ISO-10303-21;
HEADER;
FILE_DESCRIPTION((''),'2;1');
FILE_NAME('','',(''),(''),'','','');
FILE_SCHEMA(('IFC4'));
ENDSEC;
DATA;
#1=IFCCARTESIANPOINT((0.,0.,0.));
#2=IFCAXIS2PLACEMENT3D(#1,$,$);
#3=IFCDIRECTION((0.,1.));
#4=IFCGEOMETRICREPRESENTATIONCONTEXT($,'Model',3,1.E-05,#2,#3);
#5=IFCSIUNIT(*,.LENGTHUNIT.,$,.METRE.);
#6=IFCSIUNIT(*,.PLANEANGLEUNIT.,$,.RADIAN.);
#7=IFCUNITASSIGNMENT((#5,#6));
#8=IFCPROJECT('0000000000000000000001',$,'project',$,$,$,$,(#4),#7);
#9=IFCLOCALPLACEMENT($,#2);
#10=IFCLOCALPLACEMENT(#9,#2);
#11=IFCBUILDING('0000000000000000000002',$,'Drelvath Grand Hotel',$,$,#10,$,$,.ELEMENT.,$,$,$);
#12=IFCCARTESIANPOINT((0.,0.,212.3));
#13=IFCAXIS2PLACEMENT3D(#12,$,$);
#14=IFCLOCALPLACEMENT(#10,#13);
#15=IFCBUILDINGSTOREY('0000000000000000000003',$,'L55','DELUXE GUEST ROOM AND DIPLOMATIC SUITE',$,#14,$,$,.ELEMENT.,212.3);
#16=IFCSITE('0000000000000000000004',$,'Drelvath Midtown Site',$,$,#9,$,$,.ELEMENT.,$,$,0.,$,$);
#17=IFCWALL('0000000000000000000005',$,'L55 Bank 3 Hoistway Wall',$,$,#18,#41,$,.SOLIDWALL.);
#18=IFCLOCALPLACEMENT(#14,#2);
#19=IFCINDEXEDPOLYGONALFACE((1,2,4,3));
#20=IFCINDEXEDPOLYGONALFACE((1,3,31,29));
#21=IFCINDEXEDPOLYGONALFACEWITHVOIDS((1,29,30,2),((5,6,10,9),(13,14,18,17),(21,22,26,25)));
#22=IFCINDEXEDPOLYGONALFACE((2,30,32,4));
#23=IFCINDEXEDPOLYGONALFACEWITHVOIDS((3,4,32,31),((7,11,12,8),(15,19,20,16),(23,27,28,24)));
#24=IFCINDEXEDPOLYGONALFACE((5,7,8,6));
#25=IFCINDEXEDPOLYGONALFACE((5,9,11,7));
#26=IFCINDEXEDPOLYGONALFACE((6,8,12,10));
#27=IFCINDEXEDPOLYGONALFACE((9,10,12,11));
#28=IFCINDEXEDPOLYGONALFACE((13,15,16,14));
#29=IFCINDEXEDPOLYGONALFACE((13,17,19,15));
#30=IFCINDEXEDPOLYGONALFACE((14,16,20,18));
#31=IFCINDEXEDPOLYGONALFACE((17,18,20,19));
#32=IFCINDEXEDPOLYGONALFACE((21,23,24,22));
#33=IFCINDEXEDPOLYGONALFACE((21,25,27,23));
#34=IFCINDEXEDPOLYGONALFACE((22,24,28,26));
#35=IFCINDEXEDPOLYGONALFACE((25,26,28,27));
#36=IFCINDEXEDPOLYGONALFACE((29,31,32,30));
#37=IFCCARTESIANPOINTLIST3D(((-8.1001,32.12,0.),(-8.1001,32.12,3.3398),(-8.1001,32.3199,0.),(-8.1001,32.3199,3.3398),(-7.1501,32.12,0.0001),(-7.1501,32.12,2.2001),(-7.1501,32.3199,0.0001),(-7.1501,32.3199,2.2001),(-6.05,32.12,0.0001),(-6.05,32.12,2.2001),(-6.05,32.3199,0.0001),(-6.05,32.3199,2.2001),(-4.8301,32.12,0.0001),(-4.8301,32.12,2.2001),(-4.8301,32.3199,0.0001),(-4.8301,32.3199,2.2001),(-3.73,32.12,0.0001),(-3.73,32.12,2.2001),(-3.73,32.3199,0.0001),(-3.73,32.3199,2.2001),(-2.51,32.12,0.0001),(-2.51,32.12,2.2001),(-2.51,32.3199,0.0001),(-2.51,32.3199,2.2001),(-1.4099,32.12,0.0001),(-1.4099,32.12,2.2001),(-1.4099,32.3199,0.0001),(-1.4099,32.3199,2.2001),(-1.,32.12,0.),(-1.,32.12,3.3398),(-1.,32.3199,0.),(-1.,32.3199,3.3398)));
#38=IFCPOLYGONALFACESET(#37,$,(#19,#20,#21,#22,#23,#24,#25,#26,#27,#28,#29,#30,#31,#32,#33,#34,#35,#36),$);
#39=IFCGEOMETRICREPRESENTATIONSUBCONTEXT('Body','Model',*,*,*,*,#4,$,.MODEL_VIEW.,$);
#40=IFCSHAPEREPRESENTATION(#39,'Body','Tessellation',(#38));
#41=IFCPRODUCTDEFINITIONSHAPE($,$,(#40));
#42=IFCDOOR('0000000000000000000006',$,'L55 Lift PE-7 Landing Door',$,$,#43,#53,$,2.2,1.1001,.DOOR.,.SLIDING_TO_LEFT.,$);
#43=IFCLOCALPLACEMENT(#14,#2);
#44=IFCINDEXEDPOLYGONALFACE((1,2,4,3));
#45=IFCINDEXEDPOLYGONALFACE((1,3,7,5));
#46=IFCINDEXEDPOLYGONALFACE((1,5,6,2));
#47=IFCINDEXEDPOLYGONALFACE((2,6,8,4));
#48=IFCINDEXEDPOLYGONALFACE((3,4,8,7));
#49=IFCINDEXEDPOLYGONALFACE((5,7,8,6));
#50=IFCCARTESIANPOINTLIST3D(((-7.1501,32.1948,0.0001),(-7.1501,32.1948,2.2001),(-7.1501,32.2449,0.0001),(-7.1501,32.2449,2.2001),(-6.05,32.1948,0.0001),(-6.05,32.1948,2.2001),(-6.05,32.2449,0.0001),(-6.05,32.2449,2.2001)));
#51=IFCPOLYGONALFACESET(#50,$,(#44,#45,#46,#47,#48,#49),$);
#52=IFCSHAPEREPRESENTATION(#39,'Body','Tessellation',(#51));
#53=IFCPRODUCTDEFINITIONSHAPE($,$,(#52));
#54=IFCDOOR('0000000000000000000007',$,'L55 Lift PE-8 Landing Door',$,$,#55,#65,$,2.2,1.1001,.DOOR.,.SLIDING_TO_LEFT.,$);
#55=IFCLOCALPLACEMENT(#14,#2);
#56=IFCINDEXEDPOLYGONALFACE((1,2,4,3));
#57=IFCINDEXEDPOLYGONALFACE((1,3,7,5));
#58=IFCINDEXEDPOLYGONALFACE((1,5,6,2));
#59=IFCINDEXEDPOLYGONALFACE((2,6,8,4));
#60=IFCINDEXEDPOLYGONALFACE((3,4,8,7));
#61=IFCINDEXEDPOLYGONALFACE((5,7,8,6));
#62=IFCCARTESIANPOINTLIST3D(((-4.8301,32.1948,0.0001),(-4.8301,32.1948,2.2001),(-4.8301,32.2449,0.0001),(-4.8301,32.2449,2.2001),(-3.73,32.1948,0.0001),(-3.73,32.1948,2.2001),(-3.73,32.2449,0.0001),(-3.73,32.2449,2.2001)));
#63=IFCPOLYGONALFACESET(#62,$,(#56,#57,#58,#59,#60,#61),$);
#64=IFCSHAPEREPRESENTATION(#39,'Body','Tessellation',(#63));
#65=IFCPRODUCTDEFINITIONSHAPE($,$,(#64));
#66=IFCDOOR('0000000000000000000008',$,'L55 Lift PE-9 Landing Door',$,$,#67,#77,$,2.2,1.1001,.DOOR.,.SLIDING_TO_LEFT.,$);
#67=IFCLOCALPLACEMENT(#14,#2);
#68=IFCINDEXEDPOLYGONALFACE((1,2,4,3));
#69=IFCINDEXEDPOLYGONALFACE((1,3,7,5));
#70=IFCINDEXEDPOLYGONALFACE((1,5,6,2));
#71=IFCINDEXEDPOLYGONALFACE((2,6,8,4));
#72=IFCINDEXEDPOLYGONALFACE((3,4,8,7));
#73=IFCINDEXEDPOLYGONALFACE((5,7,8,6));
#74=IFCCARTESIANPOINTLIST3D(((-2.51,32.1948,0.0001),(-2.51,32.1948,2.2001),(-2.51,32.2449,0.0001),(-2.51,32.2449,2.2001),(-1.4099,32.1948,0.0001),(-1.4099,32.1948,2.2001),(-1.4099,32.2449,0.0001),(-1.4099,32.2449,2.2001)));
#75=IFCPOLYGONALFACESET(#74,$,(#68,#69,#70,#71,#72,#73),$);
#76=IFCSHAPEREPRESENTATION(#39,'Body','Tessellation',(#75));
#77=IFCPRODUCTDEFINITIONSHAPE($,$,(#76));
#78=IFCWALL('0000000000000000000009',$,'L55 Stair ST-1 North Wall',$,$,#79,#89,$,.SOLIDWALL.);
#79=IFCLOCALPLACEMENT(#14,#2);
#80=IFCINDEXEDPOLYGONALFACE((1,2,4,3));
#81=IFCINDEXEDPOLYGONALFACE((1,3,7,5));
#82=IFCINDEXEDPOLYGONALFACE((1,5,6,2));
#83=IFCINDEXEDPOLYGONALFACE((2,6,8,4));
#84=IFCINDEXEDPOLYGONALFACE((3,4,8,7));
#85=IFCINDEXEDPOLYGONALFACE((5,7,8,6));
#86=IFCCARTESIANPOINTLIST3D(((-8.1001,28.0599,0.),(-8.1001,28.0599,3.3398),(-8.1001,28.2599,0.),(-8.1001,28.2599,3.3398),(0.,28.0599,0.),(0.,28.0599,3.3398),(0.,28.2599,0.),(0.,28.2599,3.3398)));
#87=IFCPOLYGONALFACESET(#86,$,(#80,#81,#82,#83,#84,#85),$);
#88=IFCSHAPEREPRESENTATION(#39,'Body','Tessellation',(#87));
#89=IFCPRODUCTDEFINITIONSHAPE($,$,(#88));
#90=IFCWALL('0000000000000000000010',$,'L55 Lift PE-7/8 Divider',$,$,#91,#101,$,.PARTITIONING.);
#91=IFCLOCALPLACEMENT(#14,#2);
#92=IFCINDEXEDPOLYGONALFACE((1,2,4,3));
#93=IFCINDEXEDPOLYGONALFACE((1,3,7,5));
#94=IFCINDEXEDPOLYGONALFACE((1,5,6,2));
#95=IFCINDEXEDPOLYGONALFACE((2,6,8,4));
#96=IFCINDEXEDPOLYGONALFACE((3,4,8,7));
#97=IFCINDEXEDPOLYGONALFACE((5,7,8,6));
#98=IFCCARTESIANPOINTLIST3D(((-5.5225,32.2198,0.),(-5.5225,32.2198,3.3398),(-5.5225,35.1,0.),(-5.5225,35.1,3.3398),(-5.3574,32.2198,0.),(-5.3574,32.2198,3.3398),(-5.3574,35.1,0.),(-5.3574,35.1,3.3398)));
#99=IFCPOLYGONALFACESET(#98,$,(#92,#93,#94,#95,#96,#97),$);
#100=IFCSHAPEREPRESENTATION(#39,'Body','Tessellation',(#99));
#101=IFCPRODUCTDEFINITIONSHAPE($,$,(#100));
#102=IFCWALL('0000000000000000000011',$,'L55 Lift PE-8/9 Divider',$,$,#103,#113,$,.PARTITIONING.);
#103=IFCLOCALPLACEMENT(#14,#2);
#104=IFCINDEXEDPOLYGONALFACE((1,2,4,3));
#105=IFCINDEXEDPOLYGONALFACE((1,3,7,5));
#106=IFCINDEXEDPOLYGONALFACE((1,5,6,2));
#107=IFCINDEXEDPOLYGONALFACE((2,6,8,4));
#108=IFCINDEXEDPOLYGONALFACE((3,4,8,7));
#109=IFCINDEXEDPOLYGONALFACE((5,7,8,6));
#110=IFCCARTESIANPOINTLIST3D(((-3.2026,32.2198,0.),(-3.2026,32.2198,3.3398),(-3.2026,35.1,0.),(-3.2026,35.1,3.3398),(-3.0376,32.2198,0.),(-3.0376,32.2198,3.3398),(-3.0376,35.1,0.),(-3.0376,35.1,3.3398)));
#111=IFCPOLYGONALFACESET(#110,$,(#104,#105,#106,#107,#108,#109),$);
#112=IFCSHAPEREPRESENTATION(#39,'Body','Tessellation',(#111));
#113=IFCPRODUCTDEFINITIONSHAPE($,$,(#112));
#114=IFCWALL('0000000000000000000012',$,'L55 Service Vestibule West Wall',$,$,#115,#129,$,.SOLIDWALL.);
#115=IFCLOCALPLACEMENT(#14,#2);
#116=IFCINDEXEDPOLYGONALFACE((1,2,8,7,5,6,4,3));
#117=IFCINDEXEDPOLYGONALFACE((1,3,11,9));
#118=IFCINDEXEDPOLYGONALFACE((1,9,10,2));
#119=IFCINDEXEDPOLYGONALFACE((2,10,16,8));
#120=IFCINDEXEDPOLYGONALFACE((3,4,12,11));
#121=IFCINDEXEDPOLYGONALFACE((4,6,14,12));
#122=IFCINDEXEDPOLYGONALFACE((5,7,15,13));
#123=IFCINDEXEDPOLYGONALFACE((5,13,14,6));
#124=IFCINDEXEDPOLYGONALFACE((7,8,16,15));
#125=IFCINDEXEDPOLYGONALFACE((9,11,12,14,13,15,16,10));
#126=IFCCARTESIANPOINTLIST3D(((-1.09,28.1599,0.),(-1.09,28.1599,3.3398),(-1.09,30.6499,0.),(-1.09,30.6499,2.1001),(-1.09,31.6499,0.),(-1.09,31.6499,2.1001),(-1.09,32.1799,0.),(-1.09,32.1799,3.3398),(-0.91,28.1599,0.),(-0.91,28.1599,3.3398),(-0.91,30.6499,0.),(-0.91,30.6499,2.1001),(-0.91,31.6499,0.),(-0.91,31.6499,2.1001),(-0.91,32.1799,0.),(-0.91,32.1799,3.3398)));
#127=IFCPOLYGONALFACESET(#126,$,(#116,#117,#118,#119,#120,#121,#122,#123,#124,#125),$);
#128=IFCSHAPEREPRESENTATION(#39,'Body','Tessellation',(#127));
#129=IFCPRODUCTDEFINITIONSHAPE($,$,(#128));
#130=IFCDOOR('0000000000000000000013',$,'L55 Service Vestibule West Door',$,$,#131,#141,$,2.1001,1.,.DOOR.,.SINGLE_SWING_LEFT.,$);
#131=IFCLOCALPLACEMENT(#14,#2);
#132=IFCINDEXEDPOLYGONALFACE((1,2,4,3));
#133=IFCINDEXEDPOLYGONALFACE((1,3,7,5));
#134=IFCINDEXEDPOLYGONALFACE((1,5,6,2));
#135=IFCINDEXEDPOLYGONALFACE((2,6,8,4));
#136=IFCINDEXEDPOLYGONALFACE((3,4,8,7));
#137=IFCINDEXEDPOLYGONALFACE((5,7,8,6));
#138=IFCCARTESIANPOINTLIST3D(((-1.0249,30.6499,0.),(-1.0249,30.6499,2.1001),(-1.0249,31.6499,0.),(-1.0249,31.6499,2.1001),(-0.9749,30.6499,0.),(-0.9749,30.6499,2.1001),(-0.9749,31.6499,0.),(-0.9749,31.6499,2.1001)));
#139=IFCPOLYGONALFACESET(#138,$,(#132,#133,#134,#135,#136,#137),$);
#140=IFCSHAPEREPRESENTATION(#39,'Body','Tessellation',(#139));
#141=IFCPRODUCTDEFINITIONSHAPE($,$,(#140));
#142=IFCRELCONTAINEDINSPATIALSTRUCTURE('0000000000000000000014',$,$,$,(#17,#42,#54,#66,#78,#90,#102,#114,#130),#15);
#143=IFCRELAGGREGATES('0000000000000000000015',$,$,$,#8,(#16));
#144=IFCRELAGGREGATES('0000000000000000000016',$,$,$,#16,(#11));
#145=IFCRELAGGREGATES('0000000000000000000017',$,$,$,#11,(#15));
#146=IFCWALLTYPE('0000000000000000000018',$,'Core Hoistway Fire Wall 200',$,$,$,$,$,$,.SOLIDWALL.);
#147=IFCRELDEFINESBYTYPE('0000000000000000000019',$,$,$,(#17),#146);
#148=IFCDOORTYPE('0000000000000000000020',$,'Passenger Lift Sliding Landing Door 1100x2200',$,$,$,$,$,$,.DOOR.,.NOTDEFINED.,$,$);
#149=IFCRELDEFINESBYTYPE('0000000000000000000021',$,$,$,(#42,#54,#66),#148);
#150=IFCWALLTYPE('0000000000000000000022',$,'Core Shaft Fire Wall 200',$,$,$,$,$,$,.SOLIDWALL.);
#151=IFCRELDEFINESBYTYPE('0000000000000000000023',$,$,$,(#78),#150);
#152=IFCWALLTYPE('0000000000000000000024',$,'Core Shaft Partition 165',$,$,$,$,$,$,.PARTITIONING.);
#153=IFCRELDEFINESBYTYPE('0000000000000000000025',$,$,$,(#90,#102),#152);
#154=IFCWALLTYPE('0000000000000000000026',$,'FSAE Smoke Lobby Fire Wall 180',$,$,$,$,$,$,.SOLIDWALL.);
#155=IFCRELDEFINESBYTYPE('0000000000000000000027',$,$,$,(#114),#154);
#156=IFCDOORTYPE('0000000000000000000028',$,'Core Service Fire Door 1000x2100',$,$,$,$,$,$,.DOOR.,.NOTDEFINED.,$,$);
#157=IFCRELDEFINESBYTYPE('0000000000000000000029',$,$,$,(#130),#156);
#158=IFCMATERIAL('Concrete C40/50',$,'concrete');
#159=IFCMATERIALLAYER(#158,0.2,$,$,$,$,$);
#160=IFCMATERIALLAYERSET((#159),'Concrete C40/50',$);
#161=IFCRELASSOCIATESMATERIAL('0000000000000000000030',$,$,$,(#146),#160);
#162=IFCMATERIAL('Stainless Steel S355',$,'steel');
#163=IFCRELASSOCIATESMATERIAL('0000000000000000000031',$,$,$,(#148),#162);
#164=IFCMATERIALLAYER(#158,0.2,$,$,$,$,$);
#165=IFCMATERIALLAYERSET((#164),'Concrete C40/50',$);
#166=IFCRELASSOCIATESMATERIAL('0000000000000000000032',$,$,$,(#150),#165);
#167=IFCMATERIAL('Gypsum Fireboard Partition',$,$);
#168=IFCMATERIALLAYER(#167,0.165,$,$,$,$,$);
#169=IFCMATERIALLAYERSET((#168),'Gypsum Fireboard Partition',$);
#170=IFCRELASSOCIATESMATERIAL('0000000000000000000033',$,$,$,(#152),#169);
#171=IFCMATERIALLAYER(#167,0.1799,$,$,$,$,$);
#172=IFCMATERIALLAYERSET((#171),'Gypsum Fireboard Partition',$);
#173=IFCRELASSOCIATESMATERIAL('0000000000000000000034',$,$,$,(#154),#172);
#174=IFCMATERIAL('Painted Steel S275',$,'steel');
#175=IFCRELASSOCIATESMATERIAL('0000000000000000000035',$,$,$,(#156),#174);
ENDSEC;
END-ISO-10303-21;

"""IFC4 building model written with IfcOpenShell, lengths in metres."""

from ifc_helpers import new_model, si_unit, direction, frame, frame_2d, origin, place, context, subcontext, project, spatial, rectangle, extrude, material, layer, layer_set, type_object, element, fill, save


model = new_model("IFC4")

# Units and contexts
model_context = context("Model", 3, precision=1e-05, world=origin(), true_north=direction((0.0, 1.0)))
body_context = subcontext(model_context, "Body", "Model", "MODEL_VIEW")
ifc_project = project(units=[si_unit("LENGTHUNIT", "METRE"), si_unit("PLANEANGLEUNIT", "RADIAN")], contexts=[model_context])

# Site, building, storey
site_placement = place(None, origin())
site = spatial("IfcSite", under=ifc_project, at=site_placement, Name="Drelvath Midtown Site", CompositionType="ELEMENT", RefElevation=0.0)
building_placement = place(site_placement, origin())
building = spatial("IfcBuilding", under=site, at=building_placement, Name="Drelvath Grand Hotel", CompositionType="ELEMENT")
storey_placement = place(building_placement, frame((0.0, 0.0, 212.3)))
storey = spatial("IfcBuildingStorey", under=building, at=storey_placement, Name="L55", Description="DELUXE GUEST ROOM AND DIPLOMATIC SUITE", CompositionType="ELEMENT", Elevation=212.3)

# Shared definitions
ifc_material_1 = material(Name="Painted Steel S275", Category="steel")

# Shared definitions
ifc_material_2 = material(Name="Concrete C40/50", Category="concrete")
ifc_layer_1 = layer(ifc_material_2, 0.2)
ifc_layer_set_1 = layer_set([ifc_layer_1], Name="Concrete C40/50")
wall_type_1 = type_object("IfcWallType", Name="Core Hoistway Fire Wall 200", PredefinedType="SOLIDWALL", material=ifc_layer_set_1)
ifc_material_3 = material(Name="Stainless Steel S355", Category="steel")

# Wall, openings, doors
wall_1_placement = place(storey_placement, frame((-8.1001, 32.22, 0.0), z_axis=(0.0, 0.0, 1.0), x_axis=(1.0, 0.0, 0.0)))
wall_1 = element("IfcWall", 1, at=wall_1_placement, inside=storey, type_object=wall_type_1, Name="L55 Bank 3 Hoistway Wall", PredefinedType="SOLIDWALL", context=body_context, shape_type="SweptSolid", body=[
    extrude(rectangle(XDim=7.1001, YDim=0.2, at=frame_2d((3.55, 0.0))), origin(), (0.0, 0.0, 1.0), 3.3398),
])
opening_1_placement = place(wall_1_placement, frame((0.95, 0.0, 0.0)))
opening_1 = element("IfcOpeningElement", 2, at=opening_1_placement, cuts=wall_1, PredefinedType="OPENING", context=body_context, shape_type="SweptSolid", body=[
    extrude(rectangle(XDim=1.1001, YDim=2.2, at=frame_2d((0.55, 1.1001))), frame((0.0, 0.1099, 0.0), z_axis=(0.0, -1.0, 0.0), x_axis=(1.0, 0.0, 0.0)), (0.0, 0.0, 1.0), 0.22),
])
opening_2_placement = place(wall_1_placement, frame((3.27, 0.0, 0.0)))
opening_2 = element("IfcOpeningElement", 3, at=opening_2_placement, cuts=wall_1, PredefinedType="OPENING", context=body_context, shape_type="SweptSolid", body=[
    extrude(rectangle(XDim=1.1001, YDim=2.2, at=frame_2d((0.55, 1.1001))), frame((0.0, 0.1099, 0.0), z_axis=(0.0, -1.0, 0.0), x_axis=(1.0, 0.0, 0.0)), (0.0, 0.0, 1.0), 0.22),
])
opening_3_placement = place(wall_1_placement, frame((5.5901, 0.0, 0.0)))
opening_3 = element("IfcOpeningElement", 4, at=opening_3_placement, cuts=wall_1, PredefinedType="OPENING", context=body_context, shape_type="SweptSolid", body=[
    extrude(rectangle(XDim=1.1001, YDim=2.2, at=frame_2d((0.55, 1.1001))), frame((0.0, 0.1099, 0.0), z_axis=(0.0, -1.0, 0.0), x_axis=(1.0, 0.0, 0.0)), (0.0, 0.0, 1.0), 0.22),
])
door_type_1 = type_object("IfcDoorType", Name="Passenger Lift Sliding Landing Door 1100x2200", OperationType="NOTDEFINED", PredefinedType="DOOR", material=ifc_material_3)
door_1_placement = place(opening_1_placement, origin())
door_1 = element("IfcDoor", 5, at=door_1_placement, inside=storey, type_object=door_type_1, Name="L55 Lift PE-7 Landing Door", OperationType="SLIDING_TO_LEFT", OverallHeight=2.2, OverallWidth=1.1001, PredefinedType="DOOR", context=body_context, shape_type="SweptSolid", body=[
    extrude(rectangle(XDim=1.1001, YDim=2.2, at=frame_2d((0.55, 1.1001))), frame((0.0, 0.0249, 0.0), z_axis=(0.0, -1.0, 0.0), x_axis=(1.0, 0.0, 0.0)), (0.0, 0.0, 1.0), 0.05),
])
fill(opening_1, door_1)
door_2_placement = place(opening_2_placement, origin())
door_2 = element("IfcDoor", 6, at=door_2_placement, inside=storey, type_object=door_type_1, Name="L55 Lift PE-8 Landing Door", OperationType="SLIDING_TO_LEFT", OverallHeight=2.2, OverallWidth=1.1001, PredefinedType="DOOR", context=body_context, shape_type="SweptSolid", body=[
    extrude(rectangle(XDim=1.1001, YDim=2.2, at=frame_2d((0.55, 1.1001))), frame((0.0, 0.0249, 0.0), z_axis=(0.0, -1.0, 0.0), x_axis=(1.0, 0.0, 0.0)), (0.0, 0.0, 1.0), 0.05),
])
fill(opening_2, door_2)
door_3_placement = place(opening_3_placement, origin())
door_3 = element("IfcDoor", 7, at=door_3_placement, inside=storey, type_object=door_type_1, Name="L55 Lift PE-9 Landing Door", OperationType="SLIDING_TO_LEFT", OverallHeight=2.2, OverallWidth=1.1001, PredefinedType="DOOR", context=body_context, shape_type="SweptSolid", body=[
    extrude(rectangle(XDim=1.1001, YDim=2.2, at=frame_2d((0.55, 1.1001))), frame((0.0, 0.0249, 0.0), z_axis=(0.0, -1.0, 0.0), x_axis=(1.0, 0.0, 0.0)), (0.0, 0.0, 1.0), 0.05),
])
fill(opening_3, door_3)

# Walls
ifc_layer_2 = layer(ifc_material_2, 0.2)
ifc_layer_set_2 = layer_set([ifc_layer_2], Name="Concrete C40/50")
wall_type_2 = type_object("IfcWallType", Name="Core Shaft Fire Wall 200", PredefinedType="SOLIDWALL", material=ifc_layer_set_2)
wall_2_placement = place(storey_placement, frame((-8.1001, 28.1599, 0.0), z_axis=(0.0, 0.0, 1.0), x_axis=(1.0, 0.0, 0.0)))
element("IfcWall", 8, at=wall_2_placement, inside=storey, type_object=wall_type_2, Name="L55 Stair ST-1 North Wall", PredefinedType="SOLIDWALL", context=body_context, shape_type="SweptSolid", body=[
    extrude(rectangle(XDim=8.1001, YDim=0.2, at=frame_2d((4.05, 0.0))), origin(), (0.0, 0.0, 1.0), 3.3398),
])
ifc_material_4 = material(Name="Gypsum Fireboard Partition")
ifc_layer_3 = layer(ifc_material_4, 0.165)
ifc_layer_set_3 = layer_set([ifc_layer_3], Name="Gypsum Fireboard Partition")
wall_type_3 = type_object("IfcWallType", Name="Core Shaft Partition 165", PredefinedType="PARTITIONING", material=ifc_layer_set_3)
for number, where, z_axis, x_axis, name in (
    (9, (-5.4399, 32.22, 0.0), (0.0, 0.0, 1.0), (0.0, 1.0, 0.0), "L55 Lift PE-7/8 Divider"),
    (10, (-3.1201, 32.22, 0.0), (0.0, 0.0, 1.0), (0.0, 1.0, 0.0), "L55 Lift PE-8/9 Divider"),
):
    element("IfcWall", number, at=place(storey_placement, frame(where, z_axis=z_axis, x_axis=x_axis)), inside=storey, type_object=wall_type_3, Name=name, PredefinedType="PARTITIONING", context=body_context, shape_type="SweptSolid", body=[
        extrude(rectangle(XDim=2.8801, YDim=0.165, at=frame_2d((1.4399, 0.0))), origin(), (0.0, 0.0, 1.0), 3.3398),
    ])

# Wall, opening, door
ifc_layer_4 = layer(ifc_material_4, 0.1799)
ifc_layer_set_4 = layer_set([ifc_layer_4], Name="Gypsum Fireboard Partition")
wall_type_4 = type_object("IfcWallType", Name="FSAE Smoke Lobby Fire Wall 180", PredefinedType="SOLIDWALL", material=ifc_layer_set_4)
wall_3_placement = place(storey_placement, frame((-1.0, 28.1599, 0.0), z_axis=(0.0, 0.0, 1.0), x_axis=(0.0, 1.0, 0.0)))
wall_3 = element("IfcWall", 11, at=wall_3_placement, inside=storey, type_object=wall_type_4, Name="L55 Service Vestibule West Wall", PredefinedType="SOLIDWALL", context=body_context, shape_type="SweptSolid", body=[
    extrude(rectangle(XDim=4.02, YDim=0.1799, at=frame_2d((2.01, 0.0))), origin(), (0.0, 0.0, 1.0), 3.3398),
])
opening_4_placement = place(wall_3_placement, frame((2.49, 0.0, 0.0)))
opening_4 = element("IfcOpeningElement", 12, at=opening_4_placement, cuts=wall_3, PredefinedType="OPENING", context=body_context, shape_type="SweptSolid", body=[
    extrude(rectangle(XDim=1.0, YDim=2.1001, at=frame_2d((0.5, 1.05))), frame((0.0, 0.0999, 0.0), z_axis=(0.0, -1.0, 0.0), x_axis=(1.0, 0.0, 0.0)), (0.0, 0.0, 1.0), 0.2),
])
door_type_2 = type_object("IfcDoorType", Name="Core Service Fire Door 1000x2100", OperationType="NOTDEFINED", PredefinedType="DOOR", material=ifc_material_1)
door_4_placement = place(opening_4_placement, origin())
door_4 = element("IfcDoor", 13, at=door_4_placement, inside=storey, type_object=door_type_2, Name="L55 Service Vestibule West Door", OperationType="SINGLE_SWING_LEFT", OverallHeight=2.1001, OverallWidth=1.0, PredefinedType="DOOR", context=body_context, shape_type="SweptSolid", body=[
    extrude(rectangle(XDim=1.0, YDim=2.1001, at=frame_2d((0.5, 1.05))), frame((0.0, 0.0249, 0.0), z_axis=(0.0, -1.0, 0.0), x_axis=(1.0, 0.0, 0.0)), (0.0, 0.0, 1.0), 0.05),
])
fill(opening_4, door_4)

save(model, "model.ifc")
